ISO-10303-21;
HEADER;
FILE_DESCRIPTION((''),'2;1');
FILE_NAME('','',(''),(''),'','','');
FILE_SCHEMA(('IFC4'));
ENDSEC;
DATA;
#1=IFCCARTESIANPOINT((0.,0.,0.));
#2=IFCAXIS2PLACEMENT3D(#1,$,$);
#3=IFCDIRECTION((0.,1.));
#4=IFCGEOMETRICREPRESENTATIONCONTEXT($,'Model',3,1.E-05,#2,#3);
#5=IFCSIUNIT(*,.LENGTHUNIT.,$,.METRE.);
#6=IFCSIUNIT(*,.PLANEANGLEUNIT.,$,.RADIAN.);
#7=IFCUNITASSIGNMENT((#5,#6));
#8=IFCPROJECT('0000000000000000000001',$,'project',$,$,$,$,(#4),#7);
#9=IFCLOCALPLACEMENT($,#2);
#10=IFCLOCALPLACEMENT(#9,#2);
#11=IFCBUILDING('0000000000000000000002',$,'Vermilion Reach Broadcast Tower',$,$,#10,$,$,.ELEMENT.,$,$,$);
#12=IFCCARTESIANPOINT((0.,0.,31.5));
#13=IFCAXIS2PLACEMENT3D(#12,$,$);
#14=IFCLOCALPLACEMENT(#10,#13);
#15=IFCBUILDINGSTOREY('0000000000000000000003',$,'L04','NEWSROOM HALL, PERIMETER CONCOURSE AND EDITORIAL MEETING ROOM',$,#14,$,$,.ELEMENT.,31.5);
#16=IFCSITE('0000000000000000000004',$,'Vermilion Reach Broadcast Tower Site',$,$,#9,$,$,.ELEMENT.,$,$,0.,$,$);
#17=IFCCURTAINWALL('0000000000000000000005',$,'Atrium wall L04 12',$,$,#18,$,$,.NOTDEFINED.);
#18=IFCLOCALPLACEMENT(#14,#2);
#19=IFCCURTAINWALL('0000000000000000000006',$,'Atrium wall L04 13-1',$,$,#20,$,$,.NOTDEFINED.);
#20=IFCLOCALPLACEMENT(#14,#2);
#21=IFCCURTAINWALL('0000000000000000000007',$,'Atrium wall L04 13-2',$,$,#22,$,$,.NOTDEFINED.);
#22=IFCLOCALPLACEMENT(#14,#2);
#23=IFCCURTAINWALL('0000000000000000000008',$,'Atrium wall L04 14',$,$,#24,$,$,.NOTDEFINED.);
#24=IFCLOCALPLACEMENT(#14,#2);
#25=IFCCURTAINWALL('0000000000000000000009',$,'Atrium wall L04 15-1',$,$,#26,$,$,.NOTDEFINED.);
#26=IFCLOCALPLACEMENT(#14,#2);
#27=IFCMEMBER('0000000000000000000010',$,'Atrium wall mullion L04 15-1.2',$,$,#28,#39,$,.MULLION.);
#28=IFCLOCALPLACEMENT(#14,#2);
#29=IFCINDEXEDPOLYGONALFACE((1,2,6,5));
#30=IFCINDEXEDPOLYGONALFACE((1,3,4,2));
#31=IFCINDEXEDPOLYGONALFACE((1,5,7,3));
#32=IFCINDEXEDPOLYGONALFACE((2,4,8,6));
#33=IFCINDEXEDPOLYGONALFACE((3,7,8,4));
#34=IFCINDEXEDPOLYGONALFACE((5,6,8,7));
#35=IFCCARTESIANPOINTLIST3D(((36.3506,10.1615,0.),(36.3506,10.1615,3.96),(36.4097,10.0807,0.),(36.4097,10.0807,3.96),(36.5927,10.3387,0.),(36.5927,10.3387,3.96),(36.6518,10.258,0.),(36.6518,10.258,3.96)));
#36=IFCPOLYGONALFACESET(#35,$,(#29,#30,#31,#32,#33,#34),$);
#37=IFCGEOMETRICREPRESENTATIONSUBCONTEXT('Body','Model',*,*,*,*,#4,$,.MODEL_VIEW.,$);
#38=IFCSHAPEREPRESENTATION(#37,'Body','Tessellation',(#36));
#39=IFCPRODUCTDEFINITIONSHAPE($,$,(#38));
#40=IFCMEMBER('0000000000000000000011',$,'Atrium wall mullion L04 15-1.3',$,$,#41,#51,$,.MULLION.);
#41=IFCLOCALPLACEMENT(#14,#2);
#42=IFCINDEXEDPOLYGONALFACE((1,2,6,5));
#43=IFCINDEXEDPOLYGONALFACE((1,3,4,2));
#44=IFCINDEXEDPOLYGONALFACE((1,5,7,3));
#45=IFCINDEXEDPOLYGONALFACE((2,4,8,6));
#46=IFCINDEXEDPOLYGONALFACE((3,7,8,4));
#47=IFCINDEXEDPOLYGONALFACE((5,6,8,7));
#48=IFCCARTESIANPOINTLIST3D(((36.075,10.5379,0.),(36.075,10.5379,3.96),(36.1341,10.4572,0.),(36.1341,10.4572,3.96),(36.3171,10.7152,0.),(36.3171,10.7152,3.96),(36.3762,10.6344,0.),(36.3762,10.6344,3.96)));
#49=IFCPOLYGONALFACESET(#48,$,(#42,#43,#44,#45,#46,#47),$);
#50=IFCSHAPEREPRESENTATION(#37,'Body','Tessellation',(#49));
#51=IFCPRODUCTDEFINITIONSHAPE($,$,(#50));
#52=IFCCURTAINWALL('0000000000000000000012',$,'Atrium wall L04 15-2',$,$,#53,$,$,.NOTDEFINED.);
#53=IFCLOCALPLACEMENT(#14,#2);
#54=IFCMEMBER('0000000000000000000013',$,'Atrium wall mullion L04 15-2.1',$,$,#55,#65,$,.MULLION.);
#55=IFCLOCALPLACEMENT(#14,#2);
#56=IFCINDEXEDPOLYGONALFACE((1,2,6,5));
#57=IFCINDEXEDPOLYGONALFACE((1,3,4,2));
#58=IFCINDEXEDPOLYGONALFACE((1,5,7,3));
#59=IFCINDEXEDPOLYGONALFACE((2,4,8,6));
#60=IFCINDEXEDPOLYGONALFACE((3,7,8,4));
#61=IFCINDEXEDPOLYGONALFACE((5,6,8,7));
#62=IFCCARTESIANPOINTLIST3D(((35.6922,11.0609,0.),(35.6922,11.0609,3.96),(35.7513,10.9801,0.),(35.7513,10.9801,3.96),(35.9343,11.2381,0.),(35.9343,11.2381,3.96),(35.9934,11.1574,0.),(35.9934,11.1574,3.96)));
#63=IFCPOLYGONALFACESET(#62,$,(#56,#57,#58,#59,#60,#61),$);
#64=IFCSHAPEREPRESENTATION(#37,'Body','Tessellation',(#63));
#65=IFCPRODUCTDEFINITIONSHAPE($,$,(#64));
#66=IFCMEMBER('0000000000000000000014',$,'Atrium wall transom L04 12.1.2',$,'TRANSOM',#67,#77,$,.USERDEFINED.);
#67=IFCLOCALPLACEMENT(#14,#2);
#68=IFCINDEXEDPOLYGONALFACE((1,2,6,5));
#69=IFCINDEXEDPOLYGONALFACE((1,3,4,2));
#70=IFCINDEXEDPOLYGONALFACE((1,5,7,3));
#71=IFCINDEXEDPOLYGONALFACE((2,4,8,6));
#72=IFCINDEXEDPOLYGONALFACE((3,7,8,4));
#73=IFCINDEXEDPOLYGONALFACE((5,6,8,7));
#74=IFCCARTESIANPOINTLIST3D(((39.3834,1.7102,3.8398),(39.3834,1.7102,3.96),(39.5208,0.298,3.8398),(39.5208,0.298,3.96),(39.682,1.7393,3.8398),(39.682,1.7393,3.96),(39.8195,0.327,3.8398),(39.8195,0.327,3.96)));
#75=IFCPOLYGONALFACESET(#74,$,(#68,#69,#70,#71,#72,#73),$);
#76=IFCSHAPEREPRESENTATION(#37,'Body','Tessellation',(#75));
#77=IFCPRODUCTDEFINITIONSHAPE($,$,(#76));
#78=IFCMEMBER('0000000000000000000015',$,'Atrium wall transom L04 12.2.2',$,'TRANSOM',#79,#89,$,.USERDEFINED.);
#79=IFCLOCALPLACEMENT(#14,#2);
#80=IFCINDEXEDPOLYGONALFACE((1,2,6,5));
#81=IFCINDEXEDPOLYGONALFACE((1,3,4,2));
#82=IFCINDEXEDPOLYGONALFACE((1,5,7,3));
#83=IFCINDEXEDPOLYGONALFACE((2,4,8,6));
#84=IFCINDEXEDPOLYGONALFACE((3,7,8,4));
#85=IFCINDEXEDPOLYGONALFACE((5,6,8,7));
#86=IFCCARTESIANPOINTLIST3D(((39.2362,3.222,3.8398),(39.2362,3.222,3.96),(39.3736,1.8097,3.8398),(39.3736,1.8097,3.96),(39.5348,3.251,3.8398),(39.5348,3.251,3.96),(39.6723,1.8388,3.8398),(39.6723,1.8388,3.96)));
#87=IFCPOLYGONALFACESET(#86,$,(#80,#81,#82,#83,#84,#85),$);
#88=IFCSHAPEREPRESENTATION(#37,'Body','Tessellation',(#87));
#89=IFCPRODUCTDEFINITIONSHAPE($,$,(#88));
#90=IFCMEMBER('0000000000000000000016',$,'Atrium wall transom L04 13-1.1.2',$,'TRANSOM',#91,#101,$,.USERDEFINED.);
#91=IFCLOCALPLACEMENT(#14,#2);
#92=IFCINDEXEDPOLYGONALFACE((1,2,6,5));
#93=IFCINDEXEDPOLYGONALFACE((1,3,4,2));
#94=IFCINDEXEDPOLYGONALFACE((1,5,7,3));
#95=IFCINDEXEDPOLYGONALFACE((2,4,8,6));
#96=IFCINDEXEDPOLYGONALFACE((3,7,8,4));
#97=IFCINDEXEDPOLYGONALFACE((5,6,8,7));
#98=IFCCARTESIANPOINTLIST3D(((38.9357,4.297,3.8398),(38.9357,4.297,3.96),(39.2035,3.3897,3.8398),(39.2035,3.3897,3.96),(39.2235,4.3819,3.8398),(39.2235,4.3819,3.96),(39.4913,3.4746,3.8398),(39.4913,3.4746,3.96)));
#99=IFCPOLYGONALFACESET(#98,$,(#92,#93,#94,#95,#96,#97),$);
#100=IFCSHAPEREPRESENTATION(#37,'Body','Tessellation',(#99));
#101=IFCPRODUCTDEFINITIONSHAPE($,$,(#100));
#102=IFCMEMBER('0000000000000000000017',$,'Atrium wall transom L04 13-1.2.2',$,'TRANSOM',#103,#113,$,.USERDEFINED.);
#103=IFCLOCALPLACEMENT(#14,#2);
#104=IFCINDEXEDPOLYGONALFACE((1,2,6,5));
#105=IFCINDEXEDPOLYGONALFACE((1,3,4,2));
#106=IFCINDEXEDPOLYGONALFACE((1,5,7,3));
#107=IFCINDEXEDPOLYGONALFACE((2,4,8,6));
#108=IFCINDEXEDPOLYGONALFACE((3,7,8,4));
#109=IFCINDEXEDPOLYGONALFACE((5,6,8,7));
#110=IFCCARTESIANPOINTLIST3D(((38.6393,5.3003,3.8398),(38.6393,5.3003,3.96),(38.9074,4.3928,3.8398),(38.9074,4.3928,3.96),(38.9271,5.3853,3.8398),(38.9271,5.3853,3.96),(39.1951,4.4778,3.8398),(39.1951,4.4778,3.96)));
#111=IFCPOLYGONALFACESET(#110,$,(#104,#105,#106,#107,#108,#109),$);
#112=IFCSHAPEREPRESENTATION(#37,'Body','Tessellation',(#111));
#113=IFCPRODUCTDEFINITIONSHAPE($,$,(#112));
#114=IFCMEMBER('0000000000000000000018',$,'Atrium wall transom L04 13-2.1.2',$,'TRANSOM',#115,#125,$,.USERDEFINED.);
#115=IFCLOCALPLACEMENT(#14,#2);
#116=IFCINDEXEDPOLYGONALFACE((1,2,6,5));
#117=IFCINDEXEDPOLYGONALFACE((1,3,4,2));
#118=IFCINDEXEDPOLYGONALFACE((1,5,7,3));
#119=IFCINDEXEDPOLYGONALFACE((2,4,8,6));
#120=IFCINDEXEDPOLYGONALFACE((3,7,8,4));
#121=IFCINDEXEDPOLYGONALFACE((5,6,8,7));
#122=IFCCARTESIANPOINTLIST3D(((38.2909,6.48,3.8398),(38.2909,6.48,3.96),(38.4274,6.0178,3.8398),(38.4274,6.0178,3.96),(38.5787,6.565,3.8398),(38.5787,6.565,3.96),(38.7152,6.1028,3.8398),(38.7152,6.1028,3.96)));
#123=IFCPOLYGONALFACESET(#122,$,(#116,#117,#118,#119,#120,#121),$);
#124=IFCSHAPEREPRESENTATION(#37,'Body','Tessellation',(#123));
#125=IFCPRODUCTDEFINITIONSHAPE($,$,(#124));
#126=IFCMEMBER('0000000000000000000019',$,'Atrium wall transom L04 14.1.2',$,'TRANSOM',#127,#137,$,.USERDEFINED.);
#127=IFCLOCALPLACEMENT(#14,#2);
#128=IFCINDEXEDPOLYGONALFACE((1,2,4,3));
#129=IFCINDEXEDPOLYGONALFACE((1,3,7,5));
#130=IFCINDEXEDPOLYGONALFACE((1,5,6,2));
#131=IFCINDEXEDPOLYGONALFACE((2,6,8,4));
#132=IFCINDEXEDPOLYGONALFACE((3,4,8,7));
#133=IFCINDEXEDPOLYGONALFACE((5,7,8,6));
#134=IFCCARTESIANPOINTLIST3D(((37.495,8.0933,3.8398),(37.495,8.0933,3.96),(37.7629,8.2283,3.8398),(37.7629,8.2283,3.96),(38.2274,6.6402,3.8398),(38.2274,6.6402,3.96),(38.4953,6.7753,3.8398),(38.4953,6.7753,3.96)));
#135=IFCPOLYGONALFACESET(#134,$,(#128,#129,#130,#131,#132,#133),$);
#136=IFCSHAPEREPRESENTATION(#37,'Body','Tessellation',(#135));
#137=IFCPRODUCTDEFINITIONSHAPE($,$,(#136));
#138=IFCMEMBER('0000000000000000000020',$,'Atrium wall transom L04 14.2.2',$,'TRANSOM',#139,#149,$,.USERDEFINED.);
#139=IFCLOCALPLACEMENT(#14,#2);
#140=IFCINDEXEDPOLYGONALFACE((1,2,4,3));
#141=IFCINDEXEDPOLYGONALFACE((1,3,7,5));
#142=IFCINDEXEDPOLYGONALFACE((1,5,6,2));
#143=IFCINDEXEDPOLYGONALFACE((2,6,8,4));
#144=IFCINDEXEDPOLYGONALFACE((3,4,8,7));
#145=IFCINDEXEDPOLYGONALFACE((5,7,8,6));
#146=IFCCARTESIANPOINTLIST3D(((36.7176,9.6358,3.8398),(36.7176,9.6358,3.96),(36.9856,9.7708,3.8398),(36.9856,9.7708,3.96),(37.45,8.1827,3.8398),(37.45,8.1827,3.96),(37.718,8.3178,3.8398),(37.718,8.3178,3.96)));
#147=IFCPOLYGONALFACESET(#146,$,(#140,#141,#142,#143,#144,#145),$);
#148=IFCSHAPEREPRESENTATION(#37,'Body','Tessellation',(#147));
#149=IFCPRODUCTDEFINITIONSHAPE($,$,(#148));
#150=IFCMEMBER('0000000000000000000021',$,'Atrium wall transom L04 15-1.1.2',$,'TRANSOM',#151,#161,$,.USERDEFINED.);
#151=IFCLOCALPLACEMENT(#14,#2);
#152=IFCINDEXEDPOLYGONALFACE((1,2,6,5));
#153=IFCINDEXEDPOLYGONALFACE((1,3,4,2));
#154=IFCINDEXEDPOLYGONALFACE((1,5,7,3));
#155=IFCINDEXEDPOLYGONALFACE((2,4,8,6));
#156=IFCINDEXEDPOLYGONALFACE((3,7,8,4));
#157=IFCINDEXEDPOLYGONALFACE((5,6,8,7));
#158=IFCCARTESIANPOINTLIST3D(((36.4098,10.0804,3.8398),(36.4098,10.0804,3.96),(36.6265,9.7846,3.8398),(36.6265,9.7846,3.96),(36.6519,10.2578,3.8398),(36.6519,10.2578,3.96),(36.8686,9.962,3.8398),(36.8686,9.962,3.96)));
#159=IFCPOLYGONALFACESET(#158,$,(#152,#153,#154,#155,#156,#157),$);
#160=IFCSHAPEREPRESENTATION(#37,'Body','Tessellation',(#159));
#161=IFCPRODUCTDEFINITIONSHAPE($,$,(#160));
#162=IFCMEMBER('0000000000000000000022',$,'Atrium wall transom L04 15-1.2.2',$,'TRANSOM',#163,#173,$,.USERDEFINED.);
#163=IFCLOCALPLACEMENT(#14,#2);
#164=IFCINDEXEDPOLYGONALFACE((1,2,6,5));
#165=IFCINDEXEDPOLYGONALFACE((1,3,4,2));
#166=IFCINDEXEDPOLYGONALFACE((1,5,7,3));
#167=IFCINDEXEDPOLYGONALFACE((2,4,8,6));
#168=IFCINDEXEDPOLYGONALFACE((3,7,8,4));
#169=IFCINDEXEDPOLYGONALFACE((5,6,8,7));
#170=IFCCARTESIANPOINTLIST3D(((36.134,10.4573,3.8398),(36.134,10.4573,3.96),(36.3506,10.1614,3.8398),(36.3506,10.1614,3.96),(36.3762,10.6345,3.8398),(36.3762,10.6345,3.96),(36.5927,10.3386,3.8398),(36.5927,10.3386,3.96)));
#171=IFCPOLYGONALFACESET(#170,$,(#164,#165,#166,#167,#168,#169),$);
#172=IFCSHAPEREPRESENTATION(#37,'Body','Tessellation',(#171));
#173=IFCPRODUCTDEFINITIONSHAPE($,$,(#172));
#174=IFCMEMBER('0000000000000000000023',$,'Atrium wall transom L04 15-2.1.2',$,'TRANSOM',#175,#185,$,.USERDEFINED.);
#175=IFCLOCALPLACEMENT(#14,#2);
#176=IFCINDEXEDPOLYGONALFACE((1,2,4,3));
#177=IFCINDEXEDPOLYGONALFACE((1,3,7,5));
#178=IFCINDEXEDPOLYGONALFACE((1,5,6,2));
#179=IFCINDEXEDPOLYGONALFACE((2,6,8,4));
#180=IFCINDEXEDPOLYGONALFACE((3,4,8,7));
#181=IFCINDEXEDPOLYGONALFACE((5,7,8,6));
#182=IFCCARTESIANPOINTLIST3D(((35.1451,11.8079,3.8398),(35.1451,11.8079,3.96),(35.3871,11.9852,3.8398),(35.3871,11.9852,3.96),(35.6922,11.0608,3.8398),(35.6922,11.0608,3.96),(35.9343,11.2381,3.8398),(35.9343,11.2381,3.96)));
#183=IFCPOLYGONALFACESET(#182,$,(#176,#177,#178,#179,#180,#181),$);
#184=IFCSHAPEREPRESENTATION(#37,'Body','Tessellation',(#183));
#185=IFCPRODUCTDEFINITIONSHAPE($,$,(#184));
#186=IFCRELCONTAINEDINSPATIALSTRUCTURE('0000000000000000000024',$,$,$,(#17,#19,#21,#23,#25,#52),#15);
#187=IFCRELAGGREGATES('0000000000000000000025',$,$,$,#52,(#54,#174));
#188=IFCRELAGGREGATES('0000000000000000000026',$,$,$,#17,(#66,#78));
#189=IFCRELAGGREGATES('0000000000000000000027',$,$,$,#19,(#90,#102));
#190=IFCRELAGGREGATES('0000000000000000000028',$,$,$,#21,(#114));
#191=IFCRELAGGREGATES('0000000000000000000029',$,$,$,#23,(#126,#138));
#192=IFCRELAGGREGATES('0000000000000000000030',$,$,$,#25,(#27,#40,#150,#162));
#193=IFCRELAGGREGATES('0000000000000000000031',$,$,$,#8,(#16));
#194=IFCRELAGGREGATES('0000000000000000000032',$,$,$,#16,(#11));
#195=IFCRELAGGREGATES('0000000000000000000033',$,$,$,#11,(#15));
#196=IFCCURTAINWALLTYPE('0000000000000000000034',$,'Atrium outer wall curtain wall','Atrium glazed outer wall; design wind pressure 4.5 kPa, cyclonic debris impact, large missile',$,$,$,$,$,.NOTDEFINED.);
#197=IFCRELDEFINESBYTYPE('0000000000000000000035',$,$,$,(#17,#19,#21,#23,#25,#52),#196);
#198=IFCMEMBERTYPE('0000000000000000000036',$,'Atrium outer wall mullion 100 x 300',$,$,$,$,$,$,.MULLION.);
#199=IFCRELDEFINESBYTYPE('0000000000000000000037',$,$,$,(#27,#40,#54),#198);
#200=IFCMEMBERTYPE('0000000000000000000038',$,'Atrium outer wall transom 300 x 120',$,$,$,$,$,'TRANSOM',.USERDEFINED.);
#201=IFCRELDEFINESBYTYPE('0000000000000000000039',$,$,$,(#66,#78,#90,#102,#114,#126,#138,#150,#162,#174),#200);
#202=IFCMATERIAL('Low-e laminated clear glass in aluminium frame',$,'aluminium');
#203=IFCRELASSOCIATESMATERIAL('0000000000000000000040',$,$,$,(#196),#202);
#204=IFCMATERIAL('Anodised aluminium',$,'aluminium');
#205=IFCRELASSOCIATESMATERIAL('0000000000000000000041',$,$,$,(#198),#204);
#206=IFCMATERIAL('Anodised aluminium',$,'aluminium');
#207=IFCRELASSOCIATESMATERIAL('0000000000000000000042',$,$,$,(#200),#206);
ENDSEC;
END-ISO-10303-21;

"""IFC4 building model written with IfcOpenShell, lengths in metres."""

from ifc_helpers import new_model, si_unit, direction, frame, origin, origin_2d, place, context, subcontext, project, spatial, rectangle, extrude, material, material_profile, profile_set, type_object, element, aggregate, save


model = new_model("IFC4")

# Units and contexts
model_context = context("Model", 3, precision=1e-05, world=origin(), true_north=direction((0.0, 1.0)))
body_context = subcontext(model_context, "Body", "Model", "MODEL_VIEW")
ifc_project = project(units=[si_unit("LENGTHUNIT", "METRE"), si_unit("PLANEANGLEUNIT", "RADIAN")], contexts=[model_context])

# Site, building, storey
site_placement = place(None, origin())
site = spatial("IfcSite", under=ifc_project, at=site_placement, Name="Vermilion Reach Broadcast Tower Site", CompositionType="ELEMENT", RefElevation=0.0)
building_placement = place(site_placement, origin())
building = spatial("IfcBuilding", under=site, at=building_placement, Name="Vermilion Reach Broadcast Tower", CompositionType="ELEMENT")
storey_placement = place(building_placement, frame((0.0, 0.0, 31.5)))
storey = spatial("IfcBuildingStorey", under=building, at=storey_placement, Name="L04", Description="NEWSROOM HALL, PERIMETER CONCOURSE AND EDITORIAL MEETING ROOM", CompositionType="ELEMENT", Elevation=31.5)

# Curtain walls, members
ifc_material_1 = material(Name="Low-e laminated clear glass in aluminium frame", Category="aluminium")
curtain_wall_type = type_object("IfcCurtainWallType", Name="Atrium outer wall curtain wall", Description="Atrium glazed outer wall; design wind pressure 4.5 kPa, cyclonic debris impact, large missile", PredefinedType="NOTDEFINED", material=ifc_material_1)
placement = place(storey_placement, origin())
curtain_wall_1 = element("IfcCurtainWall", 1, at=placement, inside=storey, type_object=curtain_wall_type, Name="Atrium wall L04 12", PredefinedType="NOTDEFINED")
ifc_material_2 = material(Name="Anodised aluminium", Category="aluminium")
ifc_material_profile_1 = material_profile(ifc_material_2, rectangle(XDim=0.3, YDim=0.1001, at=origin_2d()), Name="Atrium outer wall mullion 100 x 300")
ifc_profile_set_1 = profile_set([ifc_material_profile_1], Name="Anodised aluminium")
member_type_1 = type_object("IfcMemberType", Name="Atrium outer wall mullion 100 x 300", PredefinedType="MULLION", material=ifc_profile_set_1)
curtain_wall_2 = element("IfcCurtainWall", 2, at=placement, inside=storey, type_object=curtain_wall_type, Name="Atrium wall L04 13-1", PredefinedType="NOTDEFINED")
curtain_wall_3 = element("IfcCurtainWall", 3, at=placement, inside=storey, type_object=curtain_wall_type, Name="Atrium wall L04 13-2", PredefinedType="NOTDEFINED")
curtain_wall_4 = element("IfcCurtainWall", 4, at=placement, inside=storey, type_object=curtain_wall_type, Name="Atrium wall L04 14", PredefinedType="NOTDEFINED")
curtain_wall_5 = element("IfcCurtainWall", 5, at=placement, inside=storey, type_object=curtain_wall_type, Name="Atrium wall L04 15-1", PredefinedType="NOTDEFINED")
member_1_placement = place(storey_placement, frame((36.5012, 10.2097, 0.0), z_axis=(0.0, 0.0, 1.0), x_axis=(-0.806847, -0.59076, 0.0)))
member_1 = element("IfcMember", 6, at=member_1_placement, type_object=member_type_1, Name="Atrium wall mullion L04 15-1.2", PredefinedType="MULLION", context=body_context, shape_type="SweptSolid", body=[
    extrude(rectangle(XDim=0.3, YDim=0.1001, at=origin_2d()), origin(), (0.0, 0.0, 1.0), 3.96),
])
member_2_placement = place(storey_placement, frame((36.2256, 10.5862, 0.0), z_axis=(0.0, 0.0, 1.0), x_axis=(-0.806847, -0.59076, 0.0)))
member_2 = element("IfcMember", 7, at=member_2_placement, type_object=member_type_1, Name="Atrium wall mullion L04 15-1.3", PredefinedType="MULLION", context=body_context, shape_type="SweptSolid", body=[
    extrude(rectangle(XDim=0.3, YDim=0.1001, at=origin_2d()), origin(), (0.0, 0.0, 1.0), 3.96),
])

# Curtain wall, member
curtain_wall_6 = element("IfcCurtainWall", 8, at=placement, inside=storey, type_object=curtain_wall_type, Name="Atrium wall L04 15-2", PredefinedType="NOTDEFINED")
member_3_placement = place(storey_placement, frame((35.8428, 11.1091, 0.0), z_axis=(0.0, 0.0, 1.0), x_axis=(-0.806847, -0.59076, 0.0)))
member_3 = element("IfcMember", 9, at=member_3_placement, type_object=member_type_1, Name="Atrium wall mullion L04 15-2.1", PredefinedType="MULLION", context=body_context, shape_type="SweptSolid", body=[
    extrude(rectangle(XDim=0.3, YDim=0.1001, at=origin_2d()), origin(), (0.0, 0.0, 1.0), 3.96),
])

# Members
ifc_material_3 = material(Name="Anodised aluminium", Category="aluminium")
ifc_material_profile_2 = material_profile(ifc_material_3, rectangle(XDim=0.3, YDim=0.1201, at=origin_2d()), Name="Atrium outer wall transom 300 x 120")
ifc_profile_set_2 = profile_set([ifc_material_profile_2], Name="Anodised aluminium")
member_type_2 = type_object("IfcMemberType", Name="Atrium outer wall transom 300 x 120", ElementType="TRANSOM", PredefinedType="USERDEFINED", material=ifc_profile_set_2)
member_4_placement = place(storey_placement, frame((39.6702, 0.3125, 3.8999), z_axis=(-0.096863, 0.995298, 0.0), x_axis=(-0.995298, -0.096863, 0.0)))
member_4 = element("IfcMember", 10, at=member_4_placement, type_object=member_type_2, Name="Atrium wall transom L04 12.1.2", ObjectType="TRANSOM", PredefinedType="USERDEFINED", context=body_context, shape_type="SweptSolid", body=[
    extrude(rectangle(XDim=0.3, YDim=0.1201, at=origin_2d()), origin(), (0.0, 0.0, 1.0), 1.4189),
])
member_5_placement = place(storey_placement, frame((39.5229, 1.8242, 3.8999), z_axis=(-0.096863, 0.995298, 0.0), x_axis=(-0.995298, -0.096863, 0.0)))
member_5 = element("IfcMember", 11, at=member_5_placement, type_object=member_type_2, Name="Atrium wall transom L04 12.2.2", ObjectType="TRANSOM", PredefinedType="USERDEFINED", context=body_context, shape_type="SweptSolid", body=[
    extrude(rectangle(XDim=0.3, YDim=0.1201, at=origin_2d()), origin(), (0.0, 0.0, 1.0), 1.4189),
])
member_6_placement = place(storey_placement, frame((39.3474, 3.4321, 3.8999), z_axis=(-0.28306, 0.959102, 0.0), x_axis=(-0.959102, -0.28306, 0.0)))
member_6 = element("IfcMember", 12, at=member_6_placement, type_object=member_type_2, Name="Atrium wall transom L04 13-1.1.2", ObjectType="TRANSOM", PredefinedType="USERDEFINED", context=body_context, shape_type="SweptSolid", body=[
    extrude(rectangle(XDim=0.3, YDim=0.1201, at=origin_2d()), origin(), (0.0, 0.0, 1.0), 0.946),
])
member_7_placement = place(storey_placement, frame((39.0513, 4.4353, 3.8999), z_axis=(-0.283298, 0.959032, 0.0), x_axis=(-0.959032, -0.283298, 0.0)))
member_7 = element("IfcMember", 13, at=member_7_placement, type_object=member_type_2, Name="Atrium wall transom L04 13-1.2.2", ObjectType="TRANSOM", PredefinedType="USERDEFINED", context=body_context, shape_type="SweptSolid", body=[
    extrude(rectangle(XDim=0.3, YDim=0.1201, at=origin_2d()), origin(), (0.0, 0.0, 1.0), 0.9463),
])
member_8_placement = place(storey_placement, frame((38.5713, 6.0603, 3.8999), z_axis=(-0.283208, 0.959058, 0.0), x_axis=(-0.959058, -0.283208, 0.0)))
member_8 = element("IfcMember", 14, at=member_8_placement, type_object=member_type_2, Name="Atrium wall transom L04 13-2.1.2", ObjectType="TRANSOM", PredefinedType="USERDEFINED", context=body_context, shape_type="SweptSolid", body=[
    extrude(rectangle(XDim=0.3, YDim=0.1201, at=origin_2d()), origin(), (0.0, 0.0, 1.0), 0.4819),
])
member_9_placement = place(storey_placement, frame((38.3613, 6.7078, 3.8999), z_axis=(-0.450092, 0.892982, 0.0), x_axis=(-0.892982, -0.450092, 0.0)))
member_9 = element("IfcMember", 15, at=member_9_placement, type_object=member_type_2, Name="Atrium wall transom L04 14.1.2", ObjectType="TRANSOM", PredefinedType="USERDEFINED", context=body_context, shape_type="SweptSolid", body=[
    extrude(rectangle(XDim=0.3, YDim=0.1201, at=origin_2d()), origin(), (0.0, 0.0, 1.0), 1.6272),
])
member_10_placement = place(storey_placement, frame((37.584, 8.2502, 3.8999), z_axis=(-0.450092, 0.892982, 0.0), x_axis=(-0.892982, -0.450092, 0.0)))
member_10 = element("IfcMember", 16, at=member_10_placement, type_object=member_type_2, Name="Atrium wall transom L04 14.2.2", ObjectType="TRANSOM", PredefinedType="USERDEFINED", context=body_context, shape_type="SweptSolid", body=[
    extrude(rectangle(XDim=0.3, YDim=0.1201, at=origin_2d()), origin(), (0.0, 0.0, 1.0), 1.6272),
])
member_11_placement = place(storey_placement, frame((36.7476, 9.8733, 3.8999), z_axis=(-0.591017, 0.806659, 0.0), x_axis=(-0.806659, -0.591017, 0.0)))
member_11 = element("IfcMember", 17, at=member_11_placement, type_object=member_type_2, Name="Atrium wall transom L04 15-1.1.2", ObjectType="TRANSOM", PredefinedType="USERDEFINED", context=body_context, shape_type="SweptSolid", body=[
    extrude(rectangle(XDim=0.3, YDim=0.1201, at=origin_2d()), origin(), (0.0, 0.0, 1.0), 0.3667),
])
member_12_placement = place(storey_placement, frame((36.4717, 10.25, 3.8999), z_axis=(-0.590584, 0.806976, 0.0), x_axis=(-0.806976, -0.590584, 0.0)))
member_12 = element("IfcMember", 18, at=member_12_placement, type_object=member_type_2, Name="Atrium wall transom L04 15-1.2.2", ObjectType="TRANSOM", PredefinedType="USERDEFINED", context=body_context, shape_type="SweptSolid", body=[
    extrude(rectangle(XDim=0.3, YDim=0.1201, at=origin_2d()), origin(), (0.0, 0.0, 1.0), 0.3667),
])
member_13_placement = place(storey_placement, frame((35.8132, 11.1494, 3.8999), z_axis=(-0.590849, 0.806782, 0.0), x_axis=(-0.806782, -0.590849, 0.0)))
member_13 = element("IfcMember", 19, at=member_13_placement, type_object=member_type_2, Name="Atrium wall transom L04 15-2.1.2", ObjectType="TRANSOM", PredefinedType="USERDEFINED", context=body_context, shape_type="SweptSolid", body=[
    extrude(rectangle(XDim=0.3, YDim=0.1201, at=origin_2d()), origin(), (0.0, 0.0, 1.0), 0.926),
])
aggregate(curtain_wall_6, [member_3, member_13])

aggregate(curtain_wall_1, [member_4, member_5])
aggregate(curtain_wall_2, [member_6, member_7])
aggregate(curtain_wall_3, [member_8])
aggregate(curtain_wall_4, [member_9, member_10])
aggregate(curtain_wall_5, [member_1, member_2, member_11, member_12])

save(model, "model.ifc")
